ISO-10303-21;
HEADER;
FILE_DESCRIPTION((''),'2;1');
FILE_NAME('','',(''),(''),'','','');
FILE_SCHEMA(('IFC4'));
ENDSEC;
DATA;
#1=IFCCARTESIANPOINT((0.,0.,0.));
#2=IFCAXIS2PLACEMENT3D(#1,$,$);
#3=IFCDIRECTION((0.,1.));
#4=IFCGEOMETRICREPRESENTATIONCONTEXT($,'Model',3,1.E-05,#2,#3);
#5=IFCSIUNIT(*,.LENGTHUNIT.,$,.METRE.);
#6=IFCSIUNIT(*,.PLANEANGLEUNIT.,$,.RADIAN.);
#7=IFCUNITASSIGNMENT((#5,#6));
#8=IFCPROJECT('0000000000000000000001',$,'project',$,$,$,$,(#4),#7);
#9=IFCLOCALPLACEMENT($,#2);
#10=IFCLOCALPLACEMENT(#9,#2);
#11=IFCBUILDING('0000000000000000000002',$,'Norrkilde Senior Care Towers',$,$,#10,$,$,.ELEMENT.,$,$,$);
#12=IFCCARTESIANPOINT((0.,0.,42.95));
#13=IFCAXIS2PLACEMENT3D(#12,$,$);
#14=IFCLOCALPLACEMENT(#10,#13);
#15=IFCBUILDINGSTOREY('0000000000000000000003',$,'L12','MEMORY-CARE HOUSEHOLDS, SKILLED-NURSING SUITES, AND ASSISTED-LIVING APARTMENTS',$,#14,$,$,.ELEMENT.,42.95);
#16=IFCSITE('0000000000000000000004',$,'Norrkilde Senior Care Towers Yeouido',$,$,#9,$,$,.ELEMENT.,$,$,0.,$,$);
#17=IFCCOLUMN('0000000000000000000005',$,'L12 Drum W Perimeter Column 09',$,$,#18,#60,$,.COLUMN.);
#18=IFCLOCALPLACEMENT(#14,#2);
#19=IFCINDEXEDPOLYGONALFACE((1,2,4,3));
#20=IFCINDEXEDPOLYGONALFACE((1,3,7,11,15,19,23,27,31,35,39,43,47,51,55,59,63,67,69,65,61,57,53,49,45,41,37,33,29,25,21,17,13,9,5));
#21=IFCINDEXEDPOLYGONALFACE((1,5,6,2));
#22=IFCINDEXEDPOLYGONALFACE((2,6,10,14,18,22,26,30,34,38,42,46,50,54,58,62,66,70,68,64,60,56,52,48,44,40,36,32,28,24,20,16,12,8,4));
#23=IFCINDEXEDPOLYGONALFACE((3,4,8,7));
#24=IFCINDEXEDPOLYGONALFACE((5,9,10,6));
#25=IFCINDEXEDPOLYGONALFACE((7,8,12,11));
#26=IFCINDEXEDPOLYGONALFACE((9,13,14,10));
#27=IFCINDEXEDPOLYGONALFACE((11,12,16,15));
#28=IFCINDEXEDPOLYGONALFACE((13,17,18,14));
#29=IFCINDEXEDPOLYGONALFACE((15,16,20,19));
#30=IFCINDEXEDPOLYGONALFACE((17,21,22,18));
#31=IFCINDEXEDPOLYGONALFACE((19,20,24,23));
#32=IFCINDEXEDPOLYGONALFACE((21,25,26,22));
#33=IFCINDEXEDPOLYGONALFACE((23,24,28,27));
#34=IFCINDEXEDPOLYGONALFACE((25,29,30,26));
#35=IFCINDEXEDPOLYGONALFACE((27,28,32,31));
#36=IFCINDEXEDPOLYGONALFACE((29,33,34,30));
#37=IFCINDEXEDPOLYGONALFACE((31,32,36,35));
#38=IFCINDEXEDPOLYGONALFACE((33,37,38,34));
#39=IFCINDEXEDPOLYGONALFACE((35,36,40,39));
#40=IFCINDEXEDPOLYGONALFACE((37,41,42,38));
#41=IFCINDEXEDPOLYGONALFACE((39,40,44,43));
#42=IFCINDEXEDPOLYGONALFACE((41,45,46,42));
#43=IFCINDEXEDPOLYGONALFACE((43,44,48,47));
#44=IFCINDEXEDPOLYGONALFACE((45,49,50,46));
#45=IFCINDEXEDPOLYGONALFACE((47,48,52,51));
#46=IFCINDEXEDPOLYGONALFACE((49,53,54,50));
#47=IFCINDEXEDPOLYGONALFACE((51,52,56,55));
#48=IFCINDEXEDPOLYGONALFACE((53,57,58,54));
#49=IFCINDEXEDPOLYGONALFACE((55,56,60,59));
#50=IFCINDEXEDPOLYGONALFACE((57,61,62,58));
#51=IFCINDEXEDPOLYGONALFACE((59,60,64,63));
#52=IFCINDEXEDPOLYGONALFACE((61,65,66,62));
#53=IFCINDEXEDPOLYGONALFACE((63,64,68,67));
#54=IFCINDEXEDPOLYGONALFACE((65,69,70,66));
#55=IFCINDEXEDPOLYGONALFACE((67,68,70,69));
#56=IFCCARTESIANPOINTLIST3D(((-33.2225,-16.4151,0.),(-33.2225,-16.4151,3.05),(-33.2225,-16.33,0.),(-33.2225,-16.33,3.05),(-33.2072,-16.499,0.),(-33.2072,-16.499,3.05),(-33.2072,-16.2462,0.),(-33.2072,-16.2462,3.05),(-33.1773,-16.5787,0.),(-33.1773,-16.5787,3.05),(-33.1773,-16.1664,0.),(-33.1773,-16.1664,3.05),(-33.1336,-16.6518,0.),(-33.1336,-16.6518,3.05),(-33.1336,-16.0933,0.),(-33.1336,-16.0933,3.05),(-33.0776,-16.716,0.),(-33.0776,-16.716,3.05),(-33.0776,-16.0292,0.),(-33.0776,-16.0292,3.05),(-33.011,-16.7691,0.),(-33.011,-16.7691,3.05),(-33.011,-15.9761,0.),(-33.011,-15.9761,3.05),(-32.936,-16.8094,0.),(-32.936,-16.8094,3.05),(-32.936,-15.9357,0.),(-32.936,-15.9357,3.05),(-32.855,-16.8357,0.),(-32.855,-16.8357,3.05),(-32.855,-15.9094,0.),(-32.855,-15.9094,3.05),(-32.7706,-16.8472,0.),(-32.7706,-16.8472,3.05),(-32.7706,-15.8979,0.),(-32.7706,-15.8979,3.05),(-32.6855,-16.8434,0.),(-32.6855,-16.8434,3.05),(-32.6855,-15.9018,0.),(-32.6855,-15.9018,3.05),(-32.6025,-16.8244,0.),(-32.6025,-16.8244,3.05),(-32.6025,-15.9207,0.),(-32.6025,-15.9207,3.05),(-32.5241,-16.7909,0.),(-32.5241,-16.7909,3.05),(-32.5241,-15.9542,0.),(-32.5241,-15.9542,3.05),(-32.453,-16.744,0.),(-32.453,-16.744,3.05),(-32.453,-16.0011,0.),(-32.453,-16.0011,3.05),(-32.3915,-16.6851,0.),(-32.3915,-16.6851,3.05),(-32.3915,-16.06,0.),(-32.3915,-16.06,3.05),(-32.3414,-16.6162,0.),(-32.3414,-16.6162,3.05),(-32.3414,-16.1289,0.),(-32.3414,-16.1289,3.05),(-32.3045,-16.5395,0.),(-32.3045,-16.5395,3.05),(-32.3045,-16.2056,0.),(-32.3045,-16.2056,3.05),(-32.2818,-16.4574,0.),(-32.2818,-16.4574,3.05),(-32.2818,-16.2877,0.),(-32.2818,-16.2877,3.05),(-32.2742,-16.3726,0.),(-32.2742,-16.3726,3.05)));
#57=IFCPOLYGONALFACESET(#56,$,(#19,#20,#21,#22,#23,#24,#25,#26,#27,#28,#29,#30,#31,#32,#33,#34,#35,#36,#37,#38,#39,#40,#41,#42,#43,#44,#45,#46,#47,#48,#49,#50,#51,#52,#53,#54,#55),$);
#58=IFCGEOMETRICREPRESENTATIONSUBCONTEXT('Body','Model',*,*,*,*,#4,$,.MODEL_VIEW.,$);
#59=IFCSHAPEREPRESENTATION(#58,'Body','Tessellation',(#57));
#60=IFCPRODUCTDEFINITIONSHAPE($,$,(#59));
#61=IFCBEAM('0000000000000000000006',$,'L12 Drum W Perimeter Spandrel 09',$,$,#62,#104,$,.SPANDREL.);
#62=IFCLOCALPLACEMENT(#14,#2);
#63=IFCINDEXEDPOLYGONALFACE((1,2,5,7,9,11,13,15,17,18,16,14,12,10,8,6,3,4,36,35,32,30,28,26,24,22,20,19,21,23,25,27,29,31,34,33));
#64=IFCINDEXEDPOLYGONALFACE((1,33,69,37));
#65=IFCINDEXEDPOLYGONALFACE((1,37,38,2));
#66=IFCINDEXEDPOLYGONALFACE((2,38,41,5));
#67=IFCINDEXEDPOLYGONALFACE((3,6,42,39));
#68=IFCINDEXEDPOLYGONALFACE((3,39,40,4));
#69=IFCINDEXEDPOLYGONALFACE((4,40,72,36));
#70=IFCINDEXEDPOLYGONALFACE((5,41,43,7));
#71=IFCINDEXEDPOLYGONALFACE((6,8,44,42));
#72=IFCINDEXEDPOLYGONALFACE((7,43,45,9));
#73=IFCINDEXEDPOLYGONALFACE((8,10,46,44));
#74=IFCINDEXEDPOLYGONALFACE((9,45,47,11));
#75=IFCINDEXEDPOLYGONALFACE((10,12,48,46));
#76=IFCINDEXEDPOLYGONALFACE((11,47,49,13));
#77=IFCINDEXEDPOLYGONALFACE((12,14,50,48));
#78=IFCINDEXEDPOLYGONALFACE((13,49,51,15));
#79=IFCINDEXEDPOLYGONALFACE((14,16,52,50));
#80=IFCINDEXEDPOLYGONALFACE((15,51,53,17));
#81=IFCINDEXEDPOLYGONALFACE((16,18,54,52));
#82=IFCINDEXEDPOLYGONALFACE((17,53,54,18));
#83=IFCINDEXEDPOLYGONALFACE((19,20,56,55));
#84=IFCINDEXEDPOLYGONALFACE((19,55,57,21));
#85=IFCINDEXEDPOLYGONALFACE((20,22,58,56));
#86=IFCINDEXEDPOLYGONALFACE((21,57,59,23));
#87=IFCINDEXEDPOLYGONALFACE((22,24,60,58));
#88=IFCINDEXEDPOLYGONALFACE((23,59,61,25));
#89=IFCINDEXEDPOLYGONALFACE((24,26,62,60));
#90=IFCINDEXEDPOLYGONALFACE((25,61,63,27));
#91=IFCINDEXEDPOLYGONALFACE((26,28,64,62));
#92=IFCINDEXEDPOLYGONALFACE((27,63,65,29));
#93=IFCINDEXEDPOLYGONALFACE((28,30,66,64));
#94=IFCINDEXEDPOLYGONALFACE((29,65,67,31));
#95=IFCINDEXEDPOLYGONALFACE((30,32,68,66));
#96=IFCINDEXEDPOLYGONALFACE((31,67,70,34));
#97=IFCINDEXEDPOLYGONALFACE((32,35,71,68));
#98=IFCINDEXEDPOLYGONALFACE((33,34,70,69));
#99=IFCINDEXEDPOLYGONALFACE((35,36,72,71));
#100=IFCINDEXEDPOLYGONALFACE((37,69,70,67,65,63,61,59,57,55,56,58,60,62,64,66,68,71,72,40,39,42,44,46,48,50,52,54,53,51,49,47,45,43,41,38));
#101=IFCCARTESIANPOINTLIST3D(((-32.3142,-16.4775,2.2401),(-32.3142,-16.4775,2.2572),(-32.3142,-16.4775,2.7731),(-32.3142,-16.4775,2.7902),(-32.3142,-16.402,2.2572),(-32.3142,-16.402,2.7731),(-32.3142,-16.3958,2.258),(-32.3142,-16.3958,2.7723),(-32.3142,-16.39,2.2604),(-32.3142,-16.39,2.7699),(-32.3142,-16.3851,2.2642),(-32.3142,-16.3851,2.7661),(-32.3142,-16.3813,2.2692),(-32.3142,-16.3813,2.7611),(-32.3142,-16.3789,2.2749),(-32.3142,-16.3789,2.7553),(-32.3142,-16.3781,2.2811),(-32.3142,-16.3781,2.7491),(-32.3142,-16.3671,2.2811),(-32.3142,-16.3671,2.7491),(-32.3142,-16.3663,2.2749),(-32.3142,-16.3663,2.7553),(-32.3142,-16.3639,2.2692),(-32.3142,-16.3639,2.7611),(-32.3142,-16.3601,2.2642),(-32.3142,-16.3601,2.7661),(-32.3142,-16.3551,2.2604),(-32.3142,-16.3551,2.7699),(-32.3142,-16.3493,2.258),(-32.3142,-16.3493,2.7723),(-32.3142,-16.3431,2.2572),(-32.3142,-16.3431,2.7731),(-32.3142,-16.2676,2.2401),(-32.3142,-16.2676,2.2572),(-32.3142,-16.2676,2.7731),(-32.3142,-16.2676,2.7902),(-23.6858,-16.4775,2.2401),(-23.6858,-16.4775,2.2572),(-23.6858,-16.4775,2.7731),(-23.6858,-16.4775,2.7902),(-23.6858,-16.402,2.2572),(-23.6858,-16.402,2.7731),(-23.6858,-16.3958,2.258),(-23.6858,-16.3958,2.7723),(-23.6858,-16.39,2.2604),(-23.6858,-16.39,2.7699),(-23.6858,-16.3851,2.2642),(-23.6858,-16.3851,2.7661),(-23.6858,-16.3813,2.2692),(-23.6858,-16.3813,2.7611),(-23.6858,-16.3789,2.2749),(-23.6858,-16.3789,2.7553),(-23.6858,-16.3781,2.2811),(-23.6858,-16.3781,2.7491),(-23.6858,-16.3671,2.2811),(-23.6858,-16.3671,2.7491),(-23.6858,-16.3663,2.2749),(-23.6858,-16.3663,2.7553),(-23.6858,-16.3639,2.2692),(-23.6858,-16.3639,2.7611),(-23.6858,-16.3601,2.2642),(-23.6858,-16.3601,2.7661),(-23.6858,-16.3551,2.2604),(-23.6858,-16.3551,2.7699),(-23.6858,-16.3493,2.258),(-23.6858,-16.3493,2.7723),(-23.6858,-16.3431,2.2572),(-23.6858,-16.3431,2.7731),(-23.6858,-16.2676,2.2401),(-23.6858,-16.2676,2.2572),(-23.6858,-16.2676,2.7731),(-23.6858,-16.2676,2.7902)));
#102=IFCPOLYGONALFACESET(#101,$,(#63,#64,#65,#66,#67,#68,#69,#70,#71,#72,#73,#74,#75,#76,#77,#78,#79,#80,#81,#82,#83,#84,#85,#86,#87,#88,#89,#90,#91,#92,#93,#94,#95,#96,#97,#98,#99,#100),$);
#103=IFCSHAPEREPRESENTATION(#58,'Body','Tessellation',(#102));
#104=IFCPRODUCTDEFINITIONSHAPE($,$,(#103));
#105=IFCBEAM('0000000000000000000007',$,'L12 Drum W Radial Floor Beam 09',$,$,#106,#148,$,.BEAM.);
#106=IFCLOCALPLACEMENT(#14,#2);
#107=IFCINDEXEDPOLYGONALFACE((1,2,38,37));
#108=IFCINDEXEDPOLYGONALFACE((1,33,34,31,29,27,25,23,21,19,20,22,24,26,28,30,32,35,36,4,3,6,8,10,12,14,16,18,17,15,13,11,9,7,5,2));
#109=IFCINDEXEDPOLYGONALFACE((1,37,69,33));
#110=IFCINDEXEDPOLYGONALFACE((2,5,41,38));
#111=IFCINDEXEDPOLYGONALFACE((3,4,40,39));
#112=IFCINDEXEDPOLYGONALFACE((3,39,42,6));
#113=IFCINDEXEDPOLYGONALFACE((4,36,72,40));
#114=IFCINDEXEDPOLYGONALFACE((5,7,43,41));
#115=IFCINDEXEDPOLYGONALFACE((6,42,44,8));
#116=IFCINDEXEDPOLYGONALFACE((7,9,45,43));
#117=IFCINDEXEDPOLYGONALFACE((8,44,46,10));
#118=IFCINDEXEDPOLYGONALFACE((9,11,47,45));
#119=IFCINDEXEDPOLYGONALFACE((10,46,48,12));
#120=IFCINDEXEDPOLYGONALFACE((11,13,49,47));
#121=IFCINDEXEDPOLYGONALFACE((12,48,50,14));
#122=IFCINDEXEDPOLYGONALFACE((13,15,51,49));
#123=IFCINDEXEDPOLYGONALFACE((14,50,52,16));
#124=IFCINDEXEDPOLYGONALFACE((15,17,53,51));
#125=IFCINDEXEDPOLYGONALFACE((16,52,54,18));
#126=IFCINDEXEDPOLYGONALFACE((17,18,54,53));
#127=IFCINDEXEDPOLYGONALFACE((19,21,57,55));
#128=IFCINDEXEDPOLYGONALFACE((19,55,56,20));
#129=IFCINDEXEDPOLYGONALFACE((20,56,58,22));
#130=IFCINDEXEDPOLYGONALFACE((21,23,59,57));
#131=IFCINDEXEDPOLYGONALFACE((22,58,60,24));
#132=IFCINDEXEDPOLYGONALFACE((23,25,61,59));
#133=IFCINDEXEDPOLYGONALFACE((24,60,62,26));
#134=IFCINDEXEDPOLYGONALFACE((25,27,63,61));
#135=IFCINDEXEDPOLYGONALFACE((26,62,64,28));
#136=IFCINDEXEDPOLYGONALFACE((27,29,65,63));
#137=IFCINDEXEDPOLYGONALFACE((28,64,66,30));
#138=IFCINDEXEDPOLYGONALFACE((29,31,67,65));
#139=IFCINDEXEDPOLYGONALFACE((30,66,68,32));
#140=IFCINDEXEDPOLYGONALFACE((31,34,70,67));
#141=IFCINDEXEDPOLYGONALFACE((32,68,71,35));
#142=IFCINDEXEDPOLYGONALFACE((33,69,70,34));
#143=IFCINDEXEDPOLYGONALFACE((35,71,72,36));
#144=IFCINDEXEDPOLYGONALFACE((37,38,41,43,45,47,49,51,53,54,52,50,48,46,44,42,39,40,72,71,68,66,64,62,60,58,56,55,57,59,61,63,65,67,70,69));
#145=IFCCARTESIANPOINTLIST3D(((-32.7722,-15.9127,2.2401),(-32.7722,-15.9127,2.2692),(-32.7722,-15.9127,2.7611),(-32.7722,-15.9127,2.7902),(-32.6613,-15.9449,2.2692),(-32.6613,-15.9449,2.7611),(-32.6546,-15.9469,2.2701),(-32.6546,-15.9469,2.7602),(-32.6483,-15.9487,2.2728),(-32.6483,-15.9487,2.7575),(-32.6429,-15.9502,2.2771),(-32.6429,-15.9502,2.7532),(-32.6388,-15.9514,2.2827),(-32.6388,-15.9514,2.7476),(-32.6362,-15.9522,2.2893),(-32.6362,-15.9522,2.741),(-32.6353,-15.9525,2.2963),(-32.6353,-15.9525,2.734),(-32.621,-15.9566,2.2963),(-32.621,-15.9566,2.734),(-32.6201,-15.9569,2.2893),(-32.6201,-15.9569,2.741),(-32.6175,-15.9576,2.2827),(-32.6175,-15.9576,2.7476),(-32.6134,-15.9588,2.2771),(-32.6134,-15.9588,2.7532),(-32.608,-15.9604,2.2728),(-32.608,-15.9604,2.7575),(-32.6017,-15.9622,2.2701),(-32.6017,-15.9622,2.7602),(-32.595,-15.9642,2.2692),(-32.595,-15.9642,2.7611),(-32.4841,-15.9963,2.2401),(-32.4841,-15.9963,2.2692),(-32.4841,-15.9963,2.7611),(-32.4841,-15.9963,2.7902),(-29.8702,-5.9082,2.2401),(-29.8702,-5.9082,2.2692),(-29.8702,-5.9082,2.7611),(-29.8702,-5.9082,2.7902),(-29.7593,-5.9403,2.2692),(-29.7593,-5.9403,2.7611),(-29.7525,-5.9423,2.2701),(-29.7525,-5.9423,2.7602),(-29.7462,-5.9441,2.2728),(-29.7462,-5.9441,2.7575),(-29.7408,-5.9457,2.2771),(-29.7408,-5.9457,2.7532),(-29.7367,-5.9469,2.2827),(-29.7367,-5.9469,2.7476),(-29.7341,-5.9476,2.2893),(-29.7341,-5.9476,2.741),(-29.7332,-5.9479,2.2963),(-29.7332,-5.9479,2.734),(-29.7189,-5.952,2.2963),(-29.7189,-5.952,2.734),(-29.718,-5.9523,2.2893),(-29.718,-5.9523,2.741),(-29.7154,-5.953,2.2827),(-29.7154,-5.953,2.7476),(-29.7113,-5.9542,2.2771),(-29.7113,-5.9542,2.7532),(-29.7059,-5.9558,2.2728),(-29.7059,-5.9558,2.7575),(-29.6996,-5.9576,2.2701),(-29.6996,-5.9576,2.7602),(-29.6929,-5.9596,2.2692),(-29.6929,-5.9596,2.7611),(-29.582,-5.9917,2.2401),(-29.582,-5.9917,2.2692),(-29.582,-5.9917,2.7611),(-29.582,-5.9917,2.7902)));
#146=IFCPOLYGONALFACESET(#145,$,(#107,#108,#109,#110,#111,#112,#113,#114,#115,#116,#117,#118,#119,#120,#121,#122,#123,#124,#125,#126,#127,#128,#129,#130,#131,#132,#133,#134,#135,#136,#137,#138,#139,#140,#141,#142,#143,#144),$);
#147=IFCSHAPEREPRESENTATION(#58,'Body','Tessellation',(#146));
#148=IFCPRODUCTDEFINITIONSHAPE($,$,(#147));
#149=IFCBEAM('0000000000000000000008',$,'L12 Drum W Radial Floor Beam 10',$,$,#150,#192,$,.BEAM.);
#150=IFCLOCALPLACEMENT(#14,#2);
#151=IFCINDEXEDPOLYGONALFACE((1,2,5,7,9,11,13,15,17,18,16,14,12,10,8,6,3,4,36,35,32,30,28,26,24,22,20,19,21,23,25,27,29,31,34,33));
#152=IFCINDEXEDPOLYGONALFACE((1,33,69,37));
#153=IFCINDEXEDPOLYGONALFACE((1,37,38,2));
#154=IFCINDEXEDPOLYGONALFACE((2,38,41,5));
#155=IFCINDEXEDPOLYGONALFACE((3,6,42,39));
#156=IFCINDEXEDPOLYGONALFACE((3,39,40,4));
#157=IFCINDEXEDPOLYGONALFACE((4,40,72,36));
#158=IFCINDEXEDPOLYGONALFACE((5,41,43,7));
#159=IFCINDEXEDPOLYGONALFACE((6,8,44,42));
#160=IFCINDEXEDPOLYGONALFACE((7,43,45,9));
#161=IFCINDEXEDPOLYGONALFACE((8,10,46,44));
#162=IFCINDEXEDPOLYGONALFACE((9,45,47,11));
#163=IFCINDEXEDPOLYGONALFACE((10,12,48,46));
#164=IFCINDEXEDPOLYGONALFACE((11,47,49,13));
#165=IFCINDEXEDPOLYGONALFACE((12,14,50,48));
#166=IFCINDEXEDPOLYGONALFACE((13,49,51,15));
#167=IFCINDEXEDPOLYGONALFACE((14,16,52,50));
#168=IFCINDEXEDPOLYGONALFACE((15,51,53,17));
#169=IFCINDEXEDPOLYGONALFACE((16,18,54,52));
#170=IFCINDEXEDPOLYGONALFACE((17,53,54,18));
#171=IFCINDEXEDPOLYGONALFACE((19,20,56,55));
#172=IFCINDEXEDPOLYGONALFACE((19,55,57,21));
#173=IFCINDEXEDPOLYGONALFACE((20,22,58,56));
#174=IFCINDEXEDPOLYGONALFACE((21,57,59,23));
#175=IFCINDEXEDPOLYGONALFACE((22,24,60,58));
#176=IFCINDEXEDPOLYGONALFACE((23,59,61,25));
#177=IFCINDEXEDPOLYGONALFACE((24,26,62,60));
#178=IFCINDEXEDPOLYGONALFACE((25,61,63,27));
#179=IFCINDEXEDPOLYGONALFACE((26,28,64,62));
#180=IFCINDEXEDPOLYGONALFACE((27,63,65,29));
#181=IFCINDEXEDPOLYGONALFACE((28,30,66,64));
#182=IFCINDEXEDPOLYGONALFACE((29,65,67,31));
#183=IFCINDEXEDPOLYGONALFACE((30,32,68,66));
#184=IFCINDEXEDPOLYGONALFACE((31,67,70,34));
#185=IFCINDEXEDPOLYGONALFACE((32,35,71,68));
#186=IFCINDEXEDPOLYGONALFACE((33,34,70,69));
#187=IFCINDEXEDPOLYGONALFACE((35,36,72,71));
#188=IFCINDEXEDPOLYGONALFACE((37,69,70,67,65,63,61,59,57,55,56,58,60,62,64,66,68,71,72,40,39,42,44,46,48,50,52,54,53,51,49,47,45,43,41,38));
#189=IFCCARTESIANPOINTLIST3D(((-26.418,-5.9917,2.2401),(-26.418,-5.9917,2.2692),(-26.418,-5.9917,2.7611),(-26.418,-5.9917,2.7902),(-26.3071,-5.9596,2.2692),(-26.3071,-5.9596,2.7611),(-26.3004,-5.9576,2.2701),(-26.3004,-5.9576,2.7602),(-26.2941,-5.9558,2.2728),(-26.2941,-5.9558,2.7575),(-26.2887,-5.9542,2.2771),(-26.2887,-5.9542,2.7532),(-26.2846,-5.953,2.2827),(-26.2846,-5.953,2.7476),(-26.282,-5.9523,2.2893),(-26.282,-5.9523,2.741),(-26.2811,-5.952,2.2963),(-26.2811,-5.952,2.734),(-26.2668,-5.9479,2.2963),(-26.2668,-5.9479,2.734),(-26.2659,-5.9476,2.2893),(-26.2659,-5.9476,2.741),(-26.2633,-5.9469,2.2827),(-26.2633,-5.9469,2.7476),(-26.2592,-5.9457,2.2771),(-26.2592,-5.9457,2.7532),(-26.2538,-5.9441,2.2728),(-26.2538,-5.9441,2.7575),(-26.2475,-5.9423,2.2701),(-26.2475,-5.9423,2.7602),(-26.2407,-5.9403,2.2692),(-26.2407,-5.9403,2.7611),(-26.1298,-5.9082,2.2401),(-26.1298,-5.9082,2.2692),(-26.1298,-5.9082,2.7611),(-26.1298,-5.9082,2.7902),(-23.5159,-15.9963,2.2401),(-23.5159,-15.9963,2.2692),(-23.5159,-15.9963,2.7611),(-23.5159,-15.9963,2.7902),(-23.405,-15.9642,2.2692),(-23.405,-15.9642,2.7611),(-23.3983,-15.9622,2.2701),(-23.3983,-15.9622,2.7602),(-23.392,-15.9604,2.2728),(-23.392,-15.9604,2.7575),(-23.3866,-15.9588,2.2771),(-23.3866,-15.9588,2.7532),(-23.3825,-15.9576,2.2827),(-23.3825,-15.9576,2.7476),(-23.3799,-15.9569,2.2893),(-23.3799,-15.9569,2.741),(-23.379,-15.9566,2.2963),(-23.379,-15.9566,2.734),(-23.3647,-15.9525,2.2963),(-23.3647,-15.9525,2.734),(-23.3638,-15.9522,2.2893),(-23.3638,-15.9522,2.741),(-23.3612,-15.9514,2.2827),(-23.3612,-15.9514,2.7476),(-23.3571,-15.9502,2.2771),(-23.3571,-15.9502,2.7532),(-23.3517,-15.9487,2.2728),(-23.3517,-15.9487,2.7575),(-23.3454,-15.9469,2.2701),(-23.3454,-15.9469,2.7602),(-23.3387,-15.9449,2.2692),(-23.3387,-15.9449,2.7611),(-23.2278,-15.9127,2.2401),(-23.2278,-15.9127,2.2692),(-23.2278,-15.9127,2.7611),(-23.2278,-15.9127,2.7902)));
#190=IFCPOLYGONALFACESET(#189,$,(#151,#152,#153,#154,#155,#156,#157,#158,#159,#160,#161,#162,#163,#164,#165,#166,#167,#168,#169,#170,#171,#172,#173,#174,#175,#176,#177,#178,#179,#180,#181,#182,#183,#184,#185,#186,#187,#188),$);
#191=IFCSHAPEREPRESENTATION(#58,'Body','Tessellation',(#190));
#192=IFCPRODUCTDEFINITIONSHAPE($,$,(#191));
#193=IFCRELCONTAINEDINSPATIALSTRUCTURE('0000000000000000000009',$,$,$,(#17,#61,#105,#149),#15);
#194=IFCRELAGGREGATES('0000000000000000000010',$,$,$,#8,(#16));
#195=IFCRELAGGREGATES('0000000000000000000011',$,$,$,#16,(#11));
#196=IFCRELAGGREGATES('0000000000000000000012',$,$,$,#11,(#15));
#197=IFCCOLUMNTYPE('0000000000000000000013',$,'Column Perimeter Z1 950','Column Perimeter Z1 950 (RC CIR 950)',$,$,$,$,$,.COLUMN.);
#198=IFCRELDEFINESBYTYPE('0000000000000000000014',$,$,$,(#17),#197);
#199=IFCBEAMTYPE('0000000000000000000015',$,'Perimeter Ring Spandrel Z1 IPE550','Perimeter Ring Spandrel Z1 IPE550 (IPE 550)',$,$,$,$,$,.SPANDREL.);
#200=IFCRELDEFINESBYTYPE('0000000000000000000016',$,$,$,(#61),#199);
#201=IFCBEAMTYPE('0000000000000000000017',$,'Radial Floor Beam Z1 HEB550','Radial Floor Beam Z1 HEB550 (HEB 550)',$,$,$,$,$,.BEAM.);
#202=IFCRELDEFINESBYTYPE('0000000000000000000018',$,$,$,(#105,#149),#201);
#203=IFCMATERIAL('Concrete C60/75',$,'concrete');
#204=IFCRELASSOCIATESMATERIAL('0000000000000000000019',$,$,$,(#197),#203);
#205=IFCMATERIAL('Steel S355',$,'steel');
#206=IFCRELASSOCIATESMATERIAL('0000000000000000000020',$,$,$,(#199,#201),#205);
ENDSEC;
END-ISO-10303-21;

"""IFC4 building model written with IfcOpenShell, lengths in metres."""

from ifc_helpers import new_model, si_unit, direction, frame, origin, origin_2d, place, context, subcontext, project, spatial, circle, i_section, extrude, source, transform, mapped, material, material_profile, profile_set, type_object, type_shapes, element, save


model = new_model("IFC4")

# Units and contexts
model_context = context("Model", 3, precision=1e-05, world=origin(), true_north=direction((0.0, 1.0)))
body_context = subcontext(model_context, "Body", "Model", "MODEL_VIEW")
ifc_project = project(units=[si_unit("LENGTHUNIT", "METRE"), si_unit("PLANEANGLEUNIT", "RADIAN")], contexts=[model_context])

# Site, building, storey
site_placement = place(None, origin())
site = spatial("IfcSite", under=ifc_project, at=site_placement, Name="Norrkilde Senior Care Towers Yeouido", CompositionType="ELEMENT", RefElevation=0.0)
building_placement = place(site_placement, origin())
building = spatial("IfcBuilding", under=site, at=building_placement, Name="Norrkilde Senior Care Towers", CompositionType="ELEMENT")
storey_placement = place(building_placement, frame((0.0, 0.0, 42.95)))
storey = spatial("IfcBuildingStorey", under=building, at=storey_placement, Name="L12", Description="MEMORY-CARE HOUSEHOLDS, SKILLED-NURSING SUITES, AND ASSISTED-LIVING APARTMENTS", CompositionType="ELEMENT", Elevation=42.95)

# Column
ifc_material_1 = material(Name="Concrete C60/75", Category="concrete")
ifc_material_profile_1 = material_profile(ifc_material_1, circle(Radius=0.4751, at=origin_2d()), Name="RC CIR 950")
ifc_profile_set_1 = profile_set([ifc_material_profile_1], Name="Concrete C60/75")
column_type = type_object("IfcColumnType", Name="Column Perimeter Z1 950", Description="Column Perimeter Z1 950 (RC CIR 950)", PredefinedType="COLUMN", material=ifc_profile_set_1)
shared_shape_1 = source(origin(), body_context, "Body", "SweptSolid", [
    extrude(circle(Radius=0.4751, at=origin_2d()), origin(), (0.0, 0.0, 1.0), 3.05),
])
type_shapes(column_type, [shared_shape_1])
column_placement = place(storey_placement, frame((-32.7493, -16.3726, 0.0), z_axis=(0.0, 0.0, 1.0), x_axis=(1.0, 0.0, 0.0)))
element("IfcColumn", 1, at=column_placement, inside=storey, type_object=column_type, Name="L12 Drum W Perimeter Column 09", PredefinedType="COLUMN", context=body_context, shape_type="MappedRepresentation", body=[
    mapped(shared_shape_1, transform((0.0, 0.0, 0.0), x_axis=(1.0, 0.0, 0.0), y_axis=(0.0, 1.0, 0.0), z_axis=(0.0, 0.0, 1.0), scale=1.0)),
])

# Beams
ifc_material_2 = material(Name="Steel S355", Category="steel")
ifc_material_profile_2 = material_profile(ifc_material_2, i_section(OverallWidth=0.21, OverallDepth=0.55, WebThickness=0.011, FlangeThickness=0.0171, FilletRadius=0.0239, at=origin_2d()), Name="IPE 550")
ifc_profile_set_2 = profile_set([ifc_material_profile_2], Name="Steel S355")
beam_type_1 = type_object("IfcBeamType", Name="Perimeter Ring Spandrel Z1 IPE550", Description="Perimeter Ring Spandrel Z1 IPE550 (IPE 550)", PredefinedType="SPANDREL", material=ifc_profile_set_2)
shared_shape_2 = source(origin(), body_context, "Body", "SweptSolid", [
    extrude(i_section(OverallWidth=0.21, OverallDepth=0.55, WebThickness=0.011, FlangeThickness=0.0171, FilletRadius=0.0239, at=origin_2d()), origin(), (0.0, 0.0, 1.0), 8.6284),
])
type_shapes(beam_type_1, [shared_shape_2])
beam_1_placement = place(storey_placement, frame((-32.3142, -16.3726, 2.5151), z_axis=(1.0, 0.0, 0.0), x_axis=(0.0, 1.0, 0.0)))
element("IfcBeam", 2, at=beam_1_placement, inside=storey, type_object=beam_type_1, Name="L12 Drum W Perimeter Spandrel 09", PredefinedType="SPANDREL", context=body_context, shape_type="MappedRepresentation", body=[
    mapped(shared_shape_2, transform((0.0, 0.0, 0.0), x_axis=(1.0, 0.0, 0.0), y_axis=(0.0, 1.0, 0.0), z_axis=(0.0, 0.0, 1.0), scale=1.0)),
])
ifc_material_profile_3 = material_profile(ifc_material_2, i_section(OverallWidth=0.3, OverallDepth=0.55, WebThickness=0.0149, FlangeThickness=0.0291, FilletRadius=0.0271, at=origin_2d()), Name="HEB 550")
ifc_profile_set_3 = profile_set([ifc_material_profile_3], Name="Steel S355")
beam_type_2 = type_object("IfcBeamType", Name="Radial Floor Beam Z1 HEB550", Description="Radial Floor Beam Z1 HEB550 (HEB 550)", PredefinedType="BEAM", material=ifc_profile_set_3)
shared_shape_3 = source(origin(), body_context, "Body", "SweptSolid", [
    extrude(i_section(OverallWidth=0.3, OverallDepth=0.55, WebThickness=0.0149, FlangeThickness=0.0291, FilletRadius=0.0271, at=origin_2d()), origin(), (0.0, 0.0, 1.0), 10.417),
])
type_shapes(beam_type_2, [shared_shape_3])
for number, where, z_axis, x_axis, name in (
    (3, (-29.7261, -5.95, 2.5151), (-0.278591, -0.96041, 0.0), (0.96041, -0.278591, 0.0), "L12 Drum W Radial Floor Beam 09"),
    (4, (-26.2739, -5.95, 2.5151), (0.278591, -0.96041, 0.0), (0.96041, 0.278591, 0.0), "L12 Drum W Radial Floor Beam 10"),
):
    element("IfcBeam", number, at=place(storey_placement, frame(where, z_axis=z_axis, x_axis=x_axis)), inside=storey, type_object=beam_type_2, Name=name, PredefinedType="BEAM", context=body_context, shape_type="MappedRepresentation", body=[
        mapped(shared_shape_3, transform((0.0, 0.0, 0.0), x_axis=(1.0, 0.0, 0.0), y_axis=(0.0, 1.0, 0.0), z_axis=(0.0, 0.0, 1.0), scale=1.0)),
    ])

save(model, "model.ifc")
